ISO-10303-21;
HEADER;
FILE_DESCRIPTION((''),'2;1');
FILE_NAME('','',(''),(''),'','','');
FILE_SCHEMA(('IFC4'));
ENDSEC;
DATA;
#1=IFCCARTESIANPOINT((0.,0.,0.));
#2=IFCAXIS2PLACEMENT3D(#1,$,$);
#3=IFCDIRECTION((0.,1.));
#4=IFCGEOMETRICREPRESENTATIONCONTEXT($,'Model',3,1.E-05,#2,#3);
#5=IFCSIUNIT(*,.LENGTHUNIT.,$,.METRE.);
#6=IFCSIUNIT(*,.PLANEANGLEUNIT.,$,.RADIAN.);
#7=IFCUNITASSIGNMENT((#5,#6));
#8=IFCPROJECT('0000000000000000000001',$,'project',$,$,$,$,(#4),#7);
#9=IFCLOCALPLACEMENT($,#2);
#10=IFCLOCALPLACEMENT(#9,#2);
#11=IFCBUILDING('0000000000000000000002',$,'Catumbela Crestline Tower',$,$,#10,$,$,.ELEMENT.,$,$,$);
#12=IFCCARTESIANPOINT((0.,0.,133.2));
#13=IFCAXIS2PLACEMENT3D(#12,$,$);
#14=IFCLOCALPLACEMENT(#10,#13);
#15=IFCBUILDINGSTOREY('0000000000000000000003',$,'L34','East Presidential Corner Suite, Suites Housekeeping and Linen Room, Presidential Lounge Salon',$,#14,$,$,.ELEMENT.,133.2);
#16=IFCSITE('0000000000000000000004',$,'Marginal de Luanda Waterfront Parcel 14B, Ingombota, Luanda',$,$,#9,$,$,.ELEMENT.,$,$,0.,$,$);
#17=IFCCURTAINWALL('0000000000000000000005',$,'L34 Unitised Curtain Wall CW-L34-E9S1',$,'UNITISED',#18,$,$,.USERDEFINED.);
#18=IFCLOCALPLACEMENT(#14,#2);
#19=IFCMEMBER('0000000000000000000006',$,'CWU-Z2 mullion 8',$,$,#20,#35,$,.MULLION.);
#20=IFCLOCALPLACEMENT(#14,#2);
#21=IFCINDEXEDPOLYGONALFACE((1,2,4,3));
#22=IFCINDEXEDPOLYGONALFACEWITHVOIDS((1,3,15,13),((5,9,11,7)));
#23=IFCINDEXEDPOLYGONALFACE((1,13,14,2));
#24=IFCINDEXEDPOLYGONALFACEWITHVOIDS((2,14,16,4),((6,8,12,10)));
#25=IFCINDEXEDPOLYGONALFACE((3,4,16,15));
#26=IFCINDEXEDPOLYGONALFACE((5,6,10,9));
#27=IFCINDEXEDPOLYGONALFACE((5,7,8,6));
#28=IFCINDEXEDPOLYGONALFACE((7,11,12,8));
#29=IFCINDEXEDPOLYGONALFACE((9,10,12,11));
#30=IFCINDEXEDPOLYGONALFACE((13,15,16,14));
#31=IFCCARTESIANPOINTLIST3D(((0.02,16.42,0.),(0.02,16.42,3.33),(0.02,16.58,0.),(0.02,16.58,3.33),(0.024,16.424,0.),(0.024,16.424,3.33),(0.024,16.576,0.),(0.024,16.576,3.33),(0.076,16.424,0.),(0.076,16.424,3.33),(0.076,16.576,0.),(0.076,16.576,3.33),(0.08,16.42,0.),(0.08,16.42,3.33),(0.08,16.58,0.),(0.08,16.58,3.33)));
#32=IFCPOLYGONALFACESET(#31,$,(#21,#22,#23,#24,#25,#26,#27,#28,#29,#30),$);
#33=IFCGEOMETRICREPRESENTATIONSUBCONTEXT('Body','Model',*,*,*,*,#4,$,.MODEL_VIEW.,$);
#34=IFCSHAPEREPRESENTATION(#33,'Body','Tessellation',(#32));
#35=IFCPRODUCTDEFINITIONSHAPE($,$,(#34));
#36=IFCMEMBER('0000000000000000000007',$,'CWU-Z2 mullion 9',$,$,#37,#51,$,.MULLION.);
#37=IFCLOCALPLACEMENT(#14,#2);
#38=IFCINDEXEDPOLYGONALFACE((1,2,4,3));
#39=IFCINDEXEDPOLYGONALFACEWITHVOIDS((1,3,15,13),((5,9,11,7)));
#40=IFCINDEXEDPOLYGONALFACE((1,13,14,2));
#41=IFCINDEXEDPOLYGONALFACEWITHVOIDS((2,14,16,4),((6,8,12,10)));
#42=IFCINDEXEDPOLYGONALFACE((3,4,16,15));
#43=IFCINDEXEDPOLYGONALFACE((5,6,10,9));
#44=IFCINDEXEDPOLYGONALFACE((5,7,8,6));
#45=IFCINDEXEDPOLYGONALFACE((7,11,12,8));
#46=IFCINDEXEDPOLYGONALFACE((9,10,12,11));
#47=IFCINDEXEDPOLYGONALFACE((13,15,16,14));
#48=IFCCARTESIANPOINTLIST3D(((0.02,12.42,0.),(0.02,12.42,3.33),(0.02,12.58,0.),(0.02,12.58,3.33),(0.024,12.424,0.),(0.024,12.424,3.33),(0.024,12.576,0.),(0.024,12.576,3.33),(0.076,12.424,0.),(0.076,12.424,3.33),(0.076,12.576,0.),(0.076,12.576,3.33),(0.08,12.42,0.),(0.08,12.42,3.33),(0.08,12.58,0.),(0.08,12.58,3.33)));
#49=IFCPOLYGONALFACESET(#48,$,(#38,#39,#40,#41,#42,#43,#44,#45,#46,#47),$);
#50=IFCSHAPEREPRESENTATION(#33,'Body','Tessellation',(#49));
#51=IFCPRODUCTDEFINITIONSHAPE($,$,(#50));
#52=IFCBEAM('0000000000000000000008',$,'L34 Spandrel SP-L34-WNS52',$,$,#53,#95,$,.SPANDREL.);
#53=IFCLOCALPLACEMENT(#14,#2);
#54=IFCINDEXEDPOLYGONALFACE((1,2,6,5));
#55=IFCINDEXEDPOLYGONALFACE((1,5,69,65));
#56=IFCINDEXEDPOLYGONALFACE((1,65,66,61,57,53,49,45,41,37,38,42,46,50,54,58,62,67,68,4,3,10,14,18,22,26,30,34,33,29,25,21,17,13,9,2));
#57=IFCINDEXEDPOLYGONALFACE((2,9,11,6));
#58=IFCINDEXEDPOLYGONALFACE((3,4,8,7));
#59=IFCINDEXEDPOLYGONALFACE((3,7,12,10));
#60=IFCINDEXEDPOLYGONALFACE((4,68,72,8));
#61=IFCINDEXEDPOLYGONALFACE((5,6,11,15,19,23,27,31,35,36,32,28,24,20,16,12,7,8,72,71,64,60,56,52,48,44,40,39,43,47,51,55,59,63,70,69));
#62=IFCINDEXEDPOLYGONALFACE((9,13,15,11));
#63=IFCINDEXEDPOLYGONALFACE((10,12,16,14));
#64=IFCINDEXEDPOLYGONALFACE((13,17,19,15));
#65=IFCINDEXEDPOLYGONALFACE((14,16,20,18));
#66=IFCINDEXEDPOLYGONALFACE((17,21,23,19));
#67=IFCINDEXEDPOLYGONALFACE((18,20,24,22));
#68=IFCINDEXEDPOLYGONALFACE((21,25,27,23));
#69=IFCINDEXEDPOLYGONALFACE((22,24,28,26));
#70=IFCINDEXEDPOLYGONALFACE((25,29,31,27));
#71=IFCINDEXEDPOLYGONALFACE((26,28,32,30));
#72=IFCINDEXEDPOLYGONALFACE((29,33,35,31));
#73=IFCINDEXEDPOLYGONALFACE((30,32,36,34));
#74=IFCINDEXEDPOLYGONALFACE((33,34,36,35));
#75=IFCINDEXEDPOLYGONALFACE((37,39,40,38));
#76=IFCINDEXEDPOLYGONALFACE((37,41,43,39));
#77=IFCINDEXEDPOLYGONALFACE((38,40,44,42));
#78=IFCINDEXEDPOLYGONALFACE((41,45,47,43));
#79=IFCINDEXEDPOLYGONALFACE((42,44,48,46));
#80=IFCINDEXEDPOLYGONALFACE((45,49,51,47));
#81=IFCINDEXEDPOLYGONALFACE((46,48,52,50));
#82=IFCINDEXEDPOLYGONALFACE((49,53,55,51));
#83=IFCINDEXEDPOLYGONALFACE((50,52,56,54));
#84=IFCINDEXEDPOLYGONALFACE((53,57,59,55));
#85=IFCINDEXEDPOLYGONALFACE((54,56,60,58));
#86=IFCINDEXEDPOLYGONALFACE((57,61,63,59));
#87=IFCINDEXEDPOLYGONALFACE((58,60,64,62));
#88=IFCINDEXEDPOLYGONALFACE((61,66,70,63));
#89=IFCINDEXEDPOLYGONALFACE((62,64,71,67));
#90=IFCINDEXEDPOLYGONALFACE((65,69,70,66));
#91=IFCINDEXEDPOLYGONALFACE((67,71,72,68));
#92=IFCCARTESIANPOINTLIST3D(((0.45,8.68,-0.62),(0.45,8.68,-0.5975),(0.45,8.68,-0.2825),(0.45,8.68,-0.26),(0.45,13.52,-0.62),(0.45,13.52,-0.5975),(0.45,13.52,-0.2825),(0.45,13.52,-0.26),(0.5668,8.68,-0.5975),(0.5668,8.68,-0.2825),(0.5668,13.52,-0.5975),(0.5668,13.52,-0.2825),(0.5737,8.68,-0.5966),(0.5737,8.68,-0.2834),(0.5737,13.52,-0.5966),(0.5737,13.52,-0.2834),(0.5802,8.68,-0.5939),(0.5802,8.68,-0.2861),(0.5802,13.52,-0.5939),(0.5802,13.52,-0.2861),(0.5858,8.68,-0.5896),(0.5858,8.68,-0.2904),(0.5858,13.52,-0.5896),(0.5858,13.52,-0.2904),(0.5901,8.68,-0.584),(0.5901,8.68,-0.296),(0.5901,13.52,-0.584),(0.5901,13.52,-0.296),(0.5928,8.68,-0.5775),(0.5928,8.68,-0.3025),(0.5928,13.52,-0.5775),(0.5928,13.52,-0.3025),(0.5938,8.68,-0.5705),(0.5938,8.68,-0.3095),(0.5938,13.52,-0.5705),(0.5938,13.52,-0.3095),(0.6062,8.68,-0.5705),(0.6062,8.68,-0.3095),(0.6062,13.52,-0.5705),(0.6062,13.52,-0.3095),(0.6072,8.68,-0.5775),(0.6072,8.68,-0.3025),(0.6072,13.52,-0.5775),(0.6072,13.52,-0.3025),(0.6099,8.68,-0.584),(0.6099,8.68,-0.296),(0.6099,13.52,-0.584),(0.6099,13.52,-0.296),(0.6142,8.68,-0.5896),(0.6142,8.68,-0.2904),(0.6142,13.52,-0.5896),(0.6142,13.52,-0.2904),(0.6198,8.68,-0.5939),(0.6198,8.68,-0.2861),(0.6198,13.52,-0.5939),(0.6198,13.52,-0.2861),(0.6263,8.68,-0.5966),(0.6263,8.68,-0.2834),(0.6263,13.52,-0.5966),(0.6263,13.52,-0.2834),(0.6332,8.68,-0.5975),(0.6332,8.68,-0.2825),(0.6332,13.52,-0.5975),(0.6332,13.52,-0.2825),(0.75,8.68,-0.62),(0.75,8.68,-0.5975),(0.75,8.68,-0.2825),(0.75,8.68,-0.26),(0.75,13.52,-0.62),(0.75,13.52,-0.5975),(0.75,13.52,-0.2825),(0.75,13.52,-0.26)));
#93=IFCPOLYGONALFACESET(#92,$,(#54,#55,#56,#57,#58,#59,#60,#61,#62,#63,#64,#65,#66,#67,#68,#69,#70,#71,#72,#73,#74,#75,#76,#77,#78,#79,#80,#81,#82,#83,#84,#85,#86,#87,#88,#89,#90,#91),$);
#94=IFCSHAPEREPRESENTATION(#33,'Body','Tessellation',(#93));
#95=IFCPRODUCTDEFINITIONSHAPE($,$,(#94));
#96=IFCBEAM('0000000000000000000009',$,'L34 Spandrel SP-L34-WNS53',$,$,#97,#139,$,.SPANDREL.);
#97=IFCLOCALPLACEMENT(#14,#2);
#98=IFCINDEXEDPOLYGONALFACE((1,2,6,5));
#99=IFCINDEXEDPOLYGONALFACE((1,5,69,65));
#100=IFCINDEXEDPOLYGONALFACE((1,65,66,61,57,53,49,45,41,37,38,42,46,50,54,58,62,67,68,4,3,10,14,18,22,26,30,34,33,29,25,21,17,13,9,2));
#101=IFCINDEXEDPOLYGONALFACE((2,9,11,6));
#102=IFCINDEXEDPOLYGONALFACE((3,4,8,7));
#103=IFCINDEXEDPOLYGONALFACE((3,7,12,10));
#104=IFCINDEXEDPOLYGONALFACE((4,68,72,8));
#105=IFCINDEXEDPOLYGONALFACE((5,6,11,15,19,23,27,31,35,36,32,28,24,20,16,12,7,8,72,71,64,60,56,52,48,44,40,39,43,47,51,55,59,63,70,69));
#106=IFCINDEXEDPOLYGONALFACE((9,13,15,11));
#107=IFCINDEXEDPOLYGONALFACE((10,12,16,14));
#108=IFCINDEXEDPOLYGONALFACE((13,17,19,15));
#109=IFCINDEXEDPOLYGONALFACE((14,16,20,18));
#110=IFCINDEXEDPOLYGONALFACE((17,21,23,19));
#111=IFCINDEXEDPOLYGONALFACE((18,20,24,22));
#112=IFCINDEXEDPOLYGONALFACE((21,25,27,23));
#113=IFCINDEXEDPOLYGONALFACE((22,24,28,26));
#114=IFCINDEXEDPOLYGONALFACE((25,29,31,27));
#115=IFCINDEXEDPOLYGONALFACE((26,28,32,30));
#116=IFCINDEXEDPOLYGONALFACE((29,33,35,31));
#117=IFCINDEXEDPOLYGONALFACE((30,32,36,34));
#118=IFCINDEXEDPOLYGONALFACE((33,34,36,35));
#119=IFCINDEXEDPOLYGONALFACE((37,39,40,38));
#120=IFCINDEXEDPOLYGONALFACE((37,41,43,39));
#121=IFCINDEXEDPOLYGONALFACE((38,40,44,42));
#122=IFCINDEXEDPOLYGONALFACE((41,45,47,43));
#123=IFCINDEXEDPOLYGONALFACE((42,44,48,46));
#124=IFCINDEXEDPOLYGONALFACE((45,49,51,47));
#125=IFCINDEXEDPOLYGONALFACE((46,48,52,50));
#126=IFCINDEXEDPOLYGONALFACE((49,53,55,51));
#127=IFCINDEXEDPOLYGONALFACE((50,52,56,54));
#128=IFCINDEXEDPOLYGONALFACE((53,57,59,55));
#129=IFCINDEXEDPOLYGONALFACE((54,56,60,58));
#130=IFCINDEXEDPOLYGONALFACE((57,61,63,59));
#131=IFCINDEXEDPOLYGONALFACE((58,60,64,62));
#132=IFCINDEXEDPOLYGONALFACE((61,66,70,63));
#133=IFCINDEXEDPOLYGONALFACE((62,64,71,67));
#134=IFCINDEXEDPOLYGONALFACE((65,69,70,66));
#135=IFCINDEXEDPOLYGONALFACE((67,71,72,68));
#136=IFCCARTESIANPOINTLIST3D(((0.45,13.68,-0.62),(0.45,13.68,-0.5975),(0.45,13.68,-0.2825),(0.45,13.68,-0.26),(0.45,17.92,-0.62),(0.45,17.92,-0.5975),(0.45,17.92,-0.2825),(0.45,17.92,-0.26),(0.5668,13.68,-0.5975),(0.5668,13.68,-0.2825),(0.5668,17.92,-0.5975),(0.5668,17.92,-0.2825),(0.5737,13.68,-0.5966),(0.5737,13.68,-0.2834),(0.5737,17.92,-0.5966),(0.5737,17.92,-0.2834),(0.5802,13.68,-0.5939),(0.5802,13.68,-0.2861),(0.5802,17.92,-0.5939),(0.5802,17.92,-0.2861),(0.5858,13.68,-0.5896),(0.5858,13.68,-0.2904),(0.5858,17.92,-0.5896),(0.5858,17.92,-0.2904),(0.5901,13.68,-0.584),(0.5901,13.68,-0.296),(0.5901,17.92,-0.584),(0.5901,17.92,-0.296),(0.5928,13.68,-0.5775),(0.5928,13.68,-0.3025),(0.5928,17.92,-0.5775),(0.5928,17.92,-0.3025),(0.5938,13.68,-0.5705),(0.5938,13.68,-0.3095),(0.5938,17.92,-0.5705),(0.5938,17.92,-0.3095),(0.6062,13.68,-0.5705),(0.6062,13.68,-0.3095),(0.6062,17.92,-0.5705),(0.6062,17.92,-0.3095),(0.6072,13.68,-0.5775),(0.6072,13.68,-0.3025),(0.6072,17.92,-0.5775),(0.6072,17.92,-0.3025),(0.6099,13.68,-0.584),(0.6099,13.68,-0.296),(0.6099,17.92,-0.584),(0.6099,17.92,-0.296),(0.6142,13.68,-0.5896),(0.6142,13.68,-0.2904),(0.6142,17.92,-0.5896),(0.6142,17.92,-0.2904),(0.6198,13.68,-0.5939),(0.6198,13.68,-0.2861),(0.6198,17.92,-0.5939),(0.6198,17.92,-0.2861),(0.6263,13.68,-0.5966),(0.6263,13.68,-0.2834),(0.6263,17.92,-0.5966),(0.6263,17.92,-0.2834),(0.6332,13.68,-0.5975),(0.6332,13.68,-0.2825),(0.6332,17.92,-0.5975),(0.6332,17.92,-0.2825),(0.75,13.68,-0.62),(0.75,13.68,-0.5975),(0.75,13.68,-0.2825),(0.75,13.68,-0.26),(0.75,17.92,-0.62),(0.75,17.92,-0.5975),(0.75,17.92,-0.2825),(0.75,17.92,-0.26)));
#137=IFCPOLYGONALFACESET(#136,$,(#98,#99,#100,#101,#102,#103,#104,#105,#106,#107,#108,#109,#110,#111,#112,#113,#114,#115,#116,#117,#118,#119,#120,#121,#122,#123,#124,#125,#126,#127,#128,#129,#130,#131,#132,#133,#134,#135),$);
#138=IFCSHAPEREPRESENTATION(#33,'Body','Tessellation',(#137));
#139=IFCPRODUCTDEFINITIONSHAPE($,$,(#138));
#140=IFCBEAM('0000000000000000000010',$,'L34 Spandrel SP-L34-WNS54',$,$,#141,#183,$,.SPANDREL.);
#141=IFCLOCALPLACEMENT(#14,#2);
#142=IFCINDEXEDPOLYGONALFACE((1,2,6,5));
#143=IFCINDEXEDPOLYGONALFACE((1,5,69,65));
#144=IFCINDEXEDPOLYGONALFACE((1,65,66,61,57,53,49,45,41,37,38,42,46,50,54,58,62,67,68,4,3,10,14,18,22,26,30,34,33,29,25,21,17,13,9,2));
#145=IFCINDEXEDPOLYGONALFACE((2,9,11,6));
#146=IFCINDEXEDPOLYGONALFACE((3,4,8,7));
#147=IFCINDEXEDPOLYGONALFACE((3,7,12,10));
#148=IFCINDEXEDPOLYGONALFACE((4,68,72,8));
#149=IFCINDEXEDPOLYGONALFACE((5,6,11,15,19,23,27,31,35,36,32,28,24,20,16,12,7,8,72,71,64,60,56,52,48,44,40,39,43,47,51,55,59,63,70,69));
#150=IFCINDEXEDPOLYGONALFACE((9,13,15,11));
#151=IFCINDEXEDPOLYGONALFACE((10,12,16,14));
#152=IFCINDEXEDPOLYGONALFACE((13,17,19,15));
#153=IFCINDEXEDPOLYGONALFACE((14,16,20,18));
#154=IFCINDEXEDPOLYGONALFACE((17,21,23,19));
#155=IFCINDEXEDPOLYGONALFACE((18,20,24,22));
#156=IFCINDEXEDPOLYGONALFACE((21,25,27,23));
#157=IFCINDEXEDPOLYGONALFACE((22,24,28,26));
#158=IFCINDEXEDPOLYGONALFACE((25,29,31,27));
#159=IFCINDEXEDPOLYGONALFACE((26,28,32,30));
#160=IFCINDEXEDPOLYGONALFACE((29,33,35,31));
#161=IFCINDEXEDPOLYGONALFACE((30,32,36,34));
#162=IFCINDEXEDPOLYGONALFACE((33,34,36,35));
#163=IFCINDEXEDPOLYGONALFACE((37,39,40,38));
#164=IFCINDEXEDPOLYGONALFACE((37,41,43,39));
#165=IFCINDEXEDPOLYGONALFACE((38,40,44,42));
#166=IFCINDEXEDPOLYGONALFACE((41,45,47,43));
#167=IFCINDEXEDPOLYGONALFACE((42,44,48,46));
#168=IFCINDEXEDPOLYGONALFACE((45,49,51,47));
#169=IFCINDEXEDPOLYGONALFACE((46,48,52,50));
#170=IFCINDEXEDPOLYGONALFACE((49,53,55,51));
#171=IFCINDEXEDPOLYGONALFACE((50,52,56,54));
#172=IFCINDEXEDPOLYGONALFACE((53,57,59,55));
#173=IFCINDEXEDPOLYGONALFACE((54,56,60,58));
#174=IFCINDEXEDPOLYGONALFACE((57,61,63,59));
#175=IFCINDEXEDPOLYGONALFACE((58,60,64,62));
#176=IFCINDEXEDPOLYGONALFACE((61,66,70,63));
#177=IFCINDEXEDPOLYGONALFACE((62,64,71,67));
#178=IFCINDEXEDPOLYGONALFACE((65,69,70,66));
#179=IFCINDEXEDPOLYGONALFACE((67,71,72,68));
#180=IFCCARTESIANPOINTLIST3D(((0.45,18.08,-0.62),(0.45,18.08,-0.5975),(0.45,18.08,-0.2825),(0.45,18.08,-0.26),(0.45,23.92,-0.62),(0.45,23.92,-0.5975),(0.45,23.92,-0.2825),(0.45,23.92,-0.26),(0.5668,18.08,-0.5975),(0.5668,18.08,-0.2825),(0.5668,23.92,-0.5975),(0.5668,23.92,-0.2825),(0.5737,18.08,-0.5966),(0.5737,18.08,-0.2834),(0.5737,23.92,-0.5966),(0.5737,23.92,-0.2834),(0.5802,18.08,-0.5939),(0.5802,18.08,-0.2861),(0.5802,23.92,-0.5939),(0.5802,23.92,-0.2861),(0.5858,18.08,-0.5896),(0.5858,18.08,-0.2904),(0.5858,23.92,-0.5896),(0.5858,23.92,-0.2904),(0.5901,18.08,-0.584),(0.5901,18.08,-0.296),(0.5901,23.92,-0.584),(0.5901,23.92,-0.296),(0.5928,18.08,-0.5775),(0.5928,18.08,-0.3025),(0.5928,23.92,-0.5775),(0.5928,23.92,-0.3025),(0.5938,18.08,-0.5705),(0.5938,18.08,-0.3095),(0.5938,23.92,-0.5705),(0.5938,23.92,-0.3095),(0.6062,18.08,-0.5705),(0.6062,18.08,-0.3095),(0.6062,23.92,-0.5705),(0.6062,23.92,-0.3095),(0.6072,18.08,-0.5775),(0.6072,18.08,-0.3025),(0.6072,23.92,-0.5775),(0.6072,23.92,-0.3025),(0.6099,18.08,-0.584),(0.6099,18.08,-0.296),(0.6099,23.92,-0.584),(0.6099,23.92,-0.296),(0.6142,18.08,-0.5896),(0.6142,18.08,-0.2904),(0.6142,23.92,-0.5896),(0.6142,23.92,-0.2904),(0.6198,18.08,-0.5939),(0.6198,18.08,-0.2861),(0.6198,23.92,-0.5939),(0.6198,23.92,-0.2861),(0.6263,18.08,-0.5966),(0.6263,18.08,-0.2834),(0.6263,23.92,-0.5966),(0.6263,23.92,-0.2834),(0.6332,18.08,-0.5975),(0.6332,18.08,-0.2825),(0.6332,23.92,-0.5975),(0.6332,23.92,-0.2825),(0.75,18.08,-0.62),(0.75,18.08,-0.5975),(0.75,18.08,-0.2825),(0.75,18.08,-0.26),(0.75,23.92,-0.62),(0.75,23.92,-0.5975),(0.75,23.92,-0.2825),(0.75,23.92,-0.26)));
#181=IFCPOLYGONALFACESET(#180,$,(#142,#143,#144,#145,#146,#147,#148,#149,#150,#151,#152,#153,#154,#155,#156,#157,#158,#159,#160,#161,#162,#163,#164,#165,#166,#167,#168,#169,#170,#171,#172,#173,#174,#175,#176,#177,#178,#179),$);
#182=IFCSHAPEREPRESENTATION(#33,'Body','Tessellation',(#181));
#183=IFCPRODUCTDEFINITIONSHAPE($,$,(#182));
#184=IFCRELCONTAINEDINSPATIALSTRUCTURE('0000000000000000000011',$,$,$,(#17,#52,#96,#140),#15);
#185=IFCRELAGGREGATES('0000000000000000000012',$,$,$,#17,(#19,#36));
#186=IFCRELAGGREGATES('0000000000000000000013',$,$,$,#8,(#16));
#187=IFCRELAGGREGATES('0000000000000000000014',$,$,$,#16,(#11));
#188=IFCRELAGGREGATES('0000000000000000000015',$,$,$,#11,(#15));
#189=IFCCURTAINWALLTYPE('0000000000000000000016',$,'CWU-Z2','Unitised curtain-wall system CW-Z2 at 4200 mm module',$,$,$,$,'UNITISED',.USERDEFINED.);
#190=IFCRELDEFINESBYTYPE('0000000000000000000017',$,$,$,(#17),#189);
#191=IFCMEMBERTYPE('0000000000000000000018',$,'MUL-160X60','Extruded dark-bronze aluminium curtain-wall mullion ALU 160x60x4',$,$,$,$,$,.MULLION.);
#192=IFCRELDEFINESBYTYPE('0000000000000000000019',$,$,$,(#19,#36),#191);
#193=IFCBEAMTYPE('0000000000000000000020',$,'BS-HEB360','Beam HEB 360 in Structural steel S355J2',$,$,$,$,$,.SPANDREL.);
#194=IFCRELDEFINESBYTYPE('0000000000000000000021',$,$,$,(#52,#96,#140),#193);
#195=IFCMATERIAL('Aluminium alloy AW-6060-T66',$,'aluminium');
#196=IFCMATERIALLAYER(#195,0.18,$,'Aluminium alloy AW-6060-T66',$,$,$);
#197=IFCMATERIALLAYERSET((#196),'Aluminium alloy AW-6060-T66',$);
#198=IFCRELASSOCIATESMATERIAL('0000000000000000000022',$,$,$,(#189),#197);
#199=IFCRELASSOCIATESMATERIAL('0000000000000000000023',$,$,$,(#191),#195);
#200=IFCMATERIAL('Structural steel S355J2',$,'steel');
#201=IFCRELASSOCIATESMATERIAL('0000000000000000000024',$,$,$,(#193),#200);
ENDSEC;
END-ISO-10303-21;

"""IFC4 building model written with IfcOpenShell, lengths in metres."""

from ifc_helpers import new_model, si_unit, direction, frame, origin, origin_2d, place, context, subcontext, project, spatial, hollow_rectangle, i_section, extrude, material, layer, layer_set, material_profile, profile_set, type_object, element, aggregate, save


model = new_model("IFC4")

# Units and contexts
model_context = context("Model", 3, precision=1e-05, world=origin(), true_north=direction((0.0, 1.0)))
body_context = subcontext(model_context, "Body", "Model", "MODEL_VIEW")
ifc_project = project(units=[si_unit("LENGTHUNIT", "METRE"), si_unit("PLANEANGLEUNIT", "RADIAN")], contexts=[model_context])

# Site, building, storey
site_placement = place(None, origin())
site = spatial("IfcSite", under=ifc_project, at=site_placement, Name="Marginal de Luanda Waterfront Parcel 14B, Ingombota, Luanda", CompositionType="ELEMENT", RefElevation=0.0)
building_placement = place(site_placement, origin())
building = spatial("IfcBuilding", under=site, at=building_placement, Name="Catumbela Crestline Tower", CompositionType="ELEMENT")
storey_placement = place(building_placement, frame((0.0, 0.0, 133.2)))
storey = spatial("IfcBuildingStorey", under=building, at=storey_placement, Name="L34", Description="East Presidential Corner Suite, Suites Housekeeping and Linen Room, Presidential Lounge Salon", CompositionType="ELEMENT", Elevation=133.2)

# Shared definitions
ifc_material_1 = material(Name="Structural steel S355J2", Category="steel")

# Curtain wall, members
ifc_material_2 = material(Name="Aluminium alloy AW-6060-T66", Category="aluminium")
ifc_layer_1 = layer(ifc_material_2, 0.18, Name="Aluminium alloy AW-6060-T66")
ifc_layer_set_1 = layer_set([ifc_layer_1], Name="Aluminium alloy AW-6060-T66")
curtain_wall_type = type_object("IfcCurtainWallType", Name="CWU-Z2", Description="Unitised curtain-wall system CW-Z2 at 4200 mm module", ElementType="UNITISED", PredefinedType="USERDEFINED", material=ifc_layer_set_1)
curtain_wall_placement = place(storey_placement, origin())
curtain_wall = element("IfcCurtainWall", 1, at=curtain_wall_placement, inside=storey, type_object=curtain_wall_type, Name="L34 Unitised Curtain Wall CW-L34-E9S1", ObjectType="UNITISED", PredefinedType="USERDEFINED")
ifc_material_profile_1 = material_profile(ifc_material_2, hollow_rectangle(XDim=0.06, YDim=0.16, WallThickness=0.004, at=origin_2d()), Name="ALU 160x60x4")
ifc_profile_set_1 = profile_set([ifc_material_profile_1], Name="Aluminium alloy AW-6060-T66")
member_type_1 = type_object("IfcMemberType", Name="MUL-160X60", Description="Extruded dark-bronze aluminium curtain-wall mullion ALU 160x60x4", PredefinedType="MULLION", material=ifc_profile_set_1)
member_1_placement = place(storey_placement, frame((0.05, 16.5, 0.0), z_axis=(0.0, 0.0, 1.0), x_axis=(1.0, 0.0, 0.0)))
member_1 = element("IfcMember", 2, at=member_1_placement, type_object=member_type_1, Name="CWU-Z2 mullion 8", PredefinedType="MULLION", context=body_context, shape_type="SweptSolid", body=[
    extrude(hollow_rectangle(XDim=0.06, YDim=0.16, WallThickness=0.004, at=origin_2d()), origin(), (0.0, 0.0, 1.0), 3.33),
])
member_2_placement = place(storey_placement, frame((0.05, 12.5, 0.0), z_axis=(0.0, 0.0, 1.0), x_axis=(1.0, 0.0, 0.0)))
member_2 = element("IfcMember", 3, at=member_2_placement, type_object=member_type_1, Name="CWU-Z2 mullion 9", PredefinedType="MULLION", context=body_context, shape_type="SweptSolid", body=[
    extrude(hollow_rectangle(XDim=0.06, YDim=0.16, WallThickness=0.004, at=origin_2d()), origin(), (0.0, 0.0, 1.0), 3.33),
])

# Beams
ifc_material_profile_2 = material_profile(ifc_material_1, i_section(OverallWidth=0.3, OverallDepth=0.36, WebThickness=0.0125, FlangeThickness=0.0225, FilletRadius=0.027, at=origin_2d()), Name="HEB 360")
ifc_profile_set_2 = profile_set([ifc_material_profile_2], Name="Structural steel S355J2")
beam_type_1 = type_object("IfcBeamType", Name="BS-HEB360", Description="Beam HEB 360 in Structural steel S355J2", PredefinedType="SPANDREL", material=ifc_profile_set_2)
beam_1_placement = place(storey_placement, frame((0.6, 8.68, -0.44), z_axis=(0.0, 1.0, 0.0), x_axis=(-1.0, 0.0, 0.0)))
element("IfcBeam", 4, at=beam_1_placement, inside=storey, type_object=beam_type_1, Name="L34 Spandrel SP-L34-WNS52", PredefinedType="SPANDREL", context=body_context, shape_type="SweptSolid", body=[
    extrude(i_section(OverallWidth=0.3, OverallDepth=0.36, WebThickness=0.0125, FlangeThickness=0.0225, FilletRadius=0.027, at=origin_2d()), origin(), (0.0, 0.0, 1.0), 4.84),
])
beam_2_placement = place(storey_placement, frame((0.6, 13.68, -0.44), z_axis=(0.0, 1.0, 0.0), x_axis=(-1.0, 0.0, 0.0)))
element("IfcBeam", 5, at=beam_2_placement, inside=storey, type_object=beam_type_1, Name="L34 Spandrel SP-L34-WNS53", PredefinedType="SPANDREL", context=body_context, shape_type="SweptSolid", body=[
    extrude(i_section(OverallWidth=0.3, OverallDepth=0.36, WebThickness=0.0125, FlangeThickness=0.0225, FilletRadius=0.027, at=origin_2d()), origin(), (0.0, 0.0, 1.0), 4.24),
])
beam_3_placement = place(storey_placement, frame((0.6, 18.08, -0.44), z_axis=(0.0, 1.0, 0.0), x_axis=(-1.0, 0.0, 0.0)))
element("IfcBeam", 6, at=beam_3_placement, inside=storey, type_object=beam_type_1, Name="L34 Spandrel SP-L34-WNS54", PredefinedType="SPANDREL", context=body_context, shape_type="SweptSolid", body=[
    extrude(i_section(OverallWidth=0.3, OverallDepth=0.36, WebThickness=0.0125, FlangeThickness=0.0225, FilletRadius=0.027, at=origin_2d()), origin(), (0.0, 0.0, 1.0), 5.84),
])

aggregate(curtain_wall, [member_1, member_2])

save(model, "model.ifc")
